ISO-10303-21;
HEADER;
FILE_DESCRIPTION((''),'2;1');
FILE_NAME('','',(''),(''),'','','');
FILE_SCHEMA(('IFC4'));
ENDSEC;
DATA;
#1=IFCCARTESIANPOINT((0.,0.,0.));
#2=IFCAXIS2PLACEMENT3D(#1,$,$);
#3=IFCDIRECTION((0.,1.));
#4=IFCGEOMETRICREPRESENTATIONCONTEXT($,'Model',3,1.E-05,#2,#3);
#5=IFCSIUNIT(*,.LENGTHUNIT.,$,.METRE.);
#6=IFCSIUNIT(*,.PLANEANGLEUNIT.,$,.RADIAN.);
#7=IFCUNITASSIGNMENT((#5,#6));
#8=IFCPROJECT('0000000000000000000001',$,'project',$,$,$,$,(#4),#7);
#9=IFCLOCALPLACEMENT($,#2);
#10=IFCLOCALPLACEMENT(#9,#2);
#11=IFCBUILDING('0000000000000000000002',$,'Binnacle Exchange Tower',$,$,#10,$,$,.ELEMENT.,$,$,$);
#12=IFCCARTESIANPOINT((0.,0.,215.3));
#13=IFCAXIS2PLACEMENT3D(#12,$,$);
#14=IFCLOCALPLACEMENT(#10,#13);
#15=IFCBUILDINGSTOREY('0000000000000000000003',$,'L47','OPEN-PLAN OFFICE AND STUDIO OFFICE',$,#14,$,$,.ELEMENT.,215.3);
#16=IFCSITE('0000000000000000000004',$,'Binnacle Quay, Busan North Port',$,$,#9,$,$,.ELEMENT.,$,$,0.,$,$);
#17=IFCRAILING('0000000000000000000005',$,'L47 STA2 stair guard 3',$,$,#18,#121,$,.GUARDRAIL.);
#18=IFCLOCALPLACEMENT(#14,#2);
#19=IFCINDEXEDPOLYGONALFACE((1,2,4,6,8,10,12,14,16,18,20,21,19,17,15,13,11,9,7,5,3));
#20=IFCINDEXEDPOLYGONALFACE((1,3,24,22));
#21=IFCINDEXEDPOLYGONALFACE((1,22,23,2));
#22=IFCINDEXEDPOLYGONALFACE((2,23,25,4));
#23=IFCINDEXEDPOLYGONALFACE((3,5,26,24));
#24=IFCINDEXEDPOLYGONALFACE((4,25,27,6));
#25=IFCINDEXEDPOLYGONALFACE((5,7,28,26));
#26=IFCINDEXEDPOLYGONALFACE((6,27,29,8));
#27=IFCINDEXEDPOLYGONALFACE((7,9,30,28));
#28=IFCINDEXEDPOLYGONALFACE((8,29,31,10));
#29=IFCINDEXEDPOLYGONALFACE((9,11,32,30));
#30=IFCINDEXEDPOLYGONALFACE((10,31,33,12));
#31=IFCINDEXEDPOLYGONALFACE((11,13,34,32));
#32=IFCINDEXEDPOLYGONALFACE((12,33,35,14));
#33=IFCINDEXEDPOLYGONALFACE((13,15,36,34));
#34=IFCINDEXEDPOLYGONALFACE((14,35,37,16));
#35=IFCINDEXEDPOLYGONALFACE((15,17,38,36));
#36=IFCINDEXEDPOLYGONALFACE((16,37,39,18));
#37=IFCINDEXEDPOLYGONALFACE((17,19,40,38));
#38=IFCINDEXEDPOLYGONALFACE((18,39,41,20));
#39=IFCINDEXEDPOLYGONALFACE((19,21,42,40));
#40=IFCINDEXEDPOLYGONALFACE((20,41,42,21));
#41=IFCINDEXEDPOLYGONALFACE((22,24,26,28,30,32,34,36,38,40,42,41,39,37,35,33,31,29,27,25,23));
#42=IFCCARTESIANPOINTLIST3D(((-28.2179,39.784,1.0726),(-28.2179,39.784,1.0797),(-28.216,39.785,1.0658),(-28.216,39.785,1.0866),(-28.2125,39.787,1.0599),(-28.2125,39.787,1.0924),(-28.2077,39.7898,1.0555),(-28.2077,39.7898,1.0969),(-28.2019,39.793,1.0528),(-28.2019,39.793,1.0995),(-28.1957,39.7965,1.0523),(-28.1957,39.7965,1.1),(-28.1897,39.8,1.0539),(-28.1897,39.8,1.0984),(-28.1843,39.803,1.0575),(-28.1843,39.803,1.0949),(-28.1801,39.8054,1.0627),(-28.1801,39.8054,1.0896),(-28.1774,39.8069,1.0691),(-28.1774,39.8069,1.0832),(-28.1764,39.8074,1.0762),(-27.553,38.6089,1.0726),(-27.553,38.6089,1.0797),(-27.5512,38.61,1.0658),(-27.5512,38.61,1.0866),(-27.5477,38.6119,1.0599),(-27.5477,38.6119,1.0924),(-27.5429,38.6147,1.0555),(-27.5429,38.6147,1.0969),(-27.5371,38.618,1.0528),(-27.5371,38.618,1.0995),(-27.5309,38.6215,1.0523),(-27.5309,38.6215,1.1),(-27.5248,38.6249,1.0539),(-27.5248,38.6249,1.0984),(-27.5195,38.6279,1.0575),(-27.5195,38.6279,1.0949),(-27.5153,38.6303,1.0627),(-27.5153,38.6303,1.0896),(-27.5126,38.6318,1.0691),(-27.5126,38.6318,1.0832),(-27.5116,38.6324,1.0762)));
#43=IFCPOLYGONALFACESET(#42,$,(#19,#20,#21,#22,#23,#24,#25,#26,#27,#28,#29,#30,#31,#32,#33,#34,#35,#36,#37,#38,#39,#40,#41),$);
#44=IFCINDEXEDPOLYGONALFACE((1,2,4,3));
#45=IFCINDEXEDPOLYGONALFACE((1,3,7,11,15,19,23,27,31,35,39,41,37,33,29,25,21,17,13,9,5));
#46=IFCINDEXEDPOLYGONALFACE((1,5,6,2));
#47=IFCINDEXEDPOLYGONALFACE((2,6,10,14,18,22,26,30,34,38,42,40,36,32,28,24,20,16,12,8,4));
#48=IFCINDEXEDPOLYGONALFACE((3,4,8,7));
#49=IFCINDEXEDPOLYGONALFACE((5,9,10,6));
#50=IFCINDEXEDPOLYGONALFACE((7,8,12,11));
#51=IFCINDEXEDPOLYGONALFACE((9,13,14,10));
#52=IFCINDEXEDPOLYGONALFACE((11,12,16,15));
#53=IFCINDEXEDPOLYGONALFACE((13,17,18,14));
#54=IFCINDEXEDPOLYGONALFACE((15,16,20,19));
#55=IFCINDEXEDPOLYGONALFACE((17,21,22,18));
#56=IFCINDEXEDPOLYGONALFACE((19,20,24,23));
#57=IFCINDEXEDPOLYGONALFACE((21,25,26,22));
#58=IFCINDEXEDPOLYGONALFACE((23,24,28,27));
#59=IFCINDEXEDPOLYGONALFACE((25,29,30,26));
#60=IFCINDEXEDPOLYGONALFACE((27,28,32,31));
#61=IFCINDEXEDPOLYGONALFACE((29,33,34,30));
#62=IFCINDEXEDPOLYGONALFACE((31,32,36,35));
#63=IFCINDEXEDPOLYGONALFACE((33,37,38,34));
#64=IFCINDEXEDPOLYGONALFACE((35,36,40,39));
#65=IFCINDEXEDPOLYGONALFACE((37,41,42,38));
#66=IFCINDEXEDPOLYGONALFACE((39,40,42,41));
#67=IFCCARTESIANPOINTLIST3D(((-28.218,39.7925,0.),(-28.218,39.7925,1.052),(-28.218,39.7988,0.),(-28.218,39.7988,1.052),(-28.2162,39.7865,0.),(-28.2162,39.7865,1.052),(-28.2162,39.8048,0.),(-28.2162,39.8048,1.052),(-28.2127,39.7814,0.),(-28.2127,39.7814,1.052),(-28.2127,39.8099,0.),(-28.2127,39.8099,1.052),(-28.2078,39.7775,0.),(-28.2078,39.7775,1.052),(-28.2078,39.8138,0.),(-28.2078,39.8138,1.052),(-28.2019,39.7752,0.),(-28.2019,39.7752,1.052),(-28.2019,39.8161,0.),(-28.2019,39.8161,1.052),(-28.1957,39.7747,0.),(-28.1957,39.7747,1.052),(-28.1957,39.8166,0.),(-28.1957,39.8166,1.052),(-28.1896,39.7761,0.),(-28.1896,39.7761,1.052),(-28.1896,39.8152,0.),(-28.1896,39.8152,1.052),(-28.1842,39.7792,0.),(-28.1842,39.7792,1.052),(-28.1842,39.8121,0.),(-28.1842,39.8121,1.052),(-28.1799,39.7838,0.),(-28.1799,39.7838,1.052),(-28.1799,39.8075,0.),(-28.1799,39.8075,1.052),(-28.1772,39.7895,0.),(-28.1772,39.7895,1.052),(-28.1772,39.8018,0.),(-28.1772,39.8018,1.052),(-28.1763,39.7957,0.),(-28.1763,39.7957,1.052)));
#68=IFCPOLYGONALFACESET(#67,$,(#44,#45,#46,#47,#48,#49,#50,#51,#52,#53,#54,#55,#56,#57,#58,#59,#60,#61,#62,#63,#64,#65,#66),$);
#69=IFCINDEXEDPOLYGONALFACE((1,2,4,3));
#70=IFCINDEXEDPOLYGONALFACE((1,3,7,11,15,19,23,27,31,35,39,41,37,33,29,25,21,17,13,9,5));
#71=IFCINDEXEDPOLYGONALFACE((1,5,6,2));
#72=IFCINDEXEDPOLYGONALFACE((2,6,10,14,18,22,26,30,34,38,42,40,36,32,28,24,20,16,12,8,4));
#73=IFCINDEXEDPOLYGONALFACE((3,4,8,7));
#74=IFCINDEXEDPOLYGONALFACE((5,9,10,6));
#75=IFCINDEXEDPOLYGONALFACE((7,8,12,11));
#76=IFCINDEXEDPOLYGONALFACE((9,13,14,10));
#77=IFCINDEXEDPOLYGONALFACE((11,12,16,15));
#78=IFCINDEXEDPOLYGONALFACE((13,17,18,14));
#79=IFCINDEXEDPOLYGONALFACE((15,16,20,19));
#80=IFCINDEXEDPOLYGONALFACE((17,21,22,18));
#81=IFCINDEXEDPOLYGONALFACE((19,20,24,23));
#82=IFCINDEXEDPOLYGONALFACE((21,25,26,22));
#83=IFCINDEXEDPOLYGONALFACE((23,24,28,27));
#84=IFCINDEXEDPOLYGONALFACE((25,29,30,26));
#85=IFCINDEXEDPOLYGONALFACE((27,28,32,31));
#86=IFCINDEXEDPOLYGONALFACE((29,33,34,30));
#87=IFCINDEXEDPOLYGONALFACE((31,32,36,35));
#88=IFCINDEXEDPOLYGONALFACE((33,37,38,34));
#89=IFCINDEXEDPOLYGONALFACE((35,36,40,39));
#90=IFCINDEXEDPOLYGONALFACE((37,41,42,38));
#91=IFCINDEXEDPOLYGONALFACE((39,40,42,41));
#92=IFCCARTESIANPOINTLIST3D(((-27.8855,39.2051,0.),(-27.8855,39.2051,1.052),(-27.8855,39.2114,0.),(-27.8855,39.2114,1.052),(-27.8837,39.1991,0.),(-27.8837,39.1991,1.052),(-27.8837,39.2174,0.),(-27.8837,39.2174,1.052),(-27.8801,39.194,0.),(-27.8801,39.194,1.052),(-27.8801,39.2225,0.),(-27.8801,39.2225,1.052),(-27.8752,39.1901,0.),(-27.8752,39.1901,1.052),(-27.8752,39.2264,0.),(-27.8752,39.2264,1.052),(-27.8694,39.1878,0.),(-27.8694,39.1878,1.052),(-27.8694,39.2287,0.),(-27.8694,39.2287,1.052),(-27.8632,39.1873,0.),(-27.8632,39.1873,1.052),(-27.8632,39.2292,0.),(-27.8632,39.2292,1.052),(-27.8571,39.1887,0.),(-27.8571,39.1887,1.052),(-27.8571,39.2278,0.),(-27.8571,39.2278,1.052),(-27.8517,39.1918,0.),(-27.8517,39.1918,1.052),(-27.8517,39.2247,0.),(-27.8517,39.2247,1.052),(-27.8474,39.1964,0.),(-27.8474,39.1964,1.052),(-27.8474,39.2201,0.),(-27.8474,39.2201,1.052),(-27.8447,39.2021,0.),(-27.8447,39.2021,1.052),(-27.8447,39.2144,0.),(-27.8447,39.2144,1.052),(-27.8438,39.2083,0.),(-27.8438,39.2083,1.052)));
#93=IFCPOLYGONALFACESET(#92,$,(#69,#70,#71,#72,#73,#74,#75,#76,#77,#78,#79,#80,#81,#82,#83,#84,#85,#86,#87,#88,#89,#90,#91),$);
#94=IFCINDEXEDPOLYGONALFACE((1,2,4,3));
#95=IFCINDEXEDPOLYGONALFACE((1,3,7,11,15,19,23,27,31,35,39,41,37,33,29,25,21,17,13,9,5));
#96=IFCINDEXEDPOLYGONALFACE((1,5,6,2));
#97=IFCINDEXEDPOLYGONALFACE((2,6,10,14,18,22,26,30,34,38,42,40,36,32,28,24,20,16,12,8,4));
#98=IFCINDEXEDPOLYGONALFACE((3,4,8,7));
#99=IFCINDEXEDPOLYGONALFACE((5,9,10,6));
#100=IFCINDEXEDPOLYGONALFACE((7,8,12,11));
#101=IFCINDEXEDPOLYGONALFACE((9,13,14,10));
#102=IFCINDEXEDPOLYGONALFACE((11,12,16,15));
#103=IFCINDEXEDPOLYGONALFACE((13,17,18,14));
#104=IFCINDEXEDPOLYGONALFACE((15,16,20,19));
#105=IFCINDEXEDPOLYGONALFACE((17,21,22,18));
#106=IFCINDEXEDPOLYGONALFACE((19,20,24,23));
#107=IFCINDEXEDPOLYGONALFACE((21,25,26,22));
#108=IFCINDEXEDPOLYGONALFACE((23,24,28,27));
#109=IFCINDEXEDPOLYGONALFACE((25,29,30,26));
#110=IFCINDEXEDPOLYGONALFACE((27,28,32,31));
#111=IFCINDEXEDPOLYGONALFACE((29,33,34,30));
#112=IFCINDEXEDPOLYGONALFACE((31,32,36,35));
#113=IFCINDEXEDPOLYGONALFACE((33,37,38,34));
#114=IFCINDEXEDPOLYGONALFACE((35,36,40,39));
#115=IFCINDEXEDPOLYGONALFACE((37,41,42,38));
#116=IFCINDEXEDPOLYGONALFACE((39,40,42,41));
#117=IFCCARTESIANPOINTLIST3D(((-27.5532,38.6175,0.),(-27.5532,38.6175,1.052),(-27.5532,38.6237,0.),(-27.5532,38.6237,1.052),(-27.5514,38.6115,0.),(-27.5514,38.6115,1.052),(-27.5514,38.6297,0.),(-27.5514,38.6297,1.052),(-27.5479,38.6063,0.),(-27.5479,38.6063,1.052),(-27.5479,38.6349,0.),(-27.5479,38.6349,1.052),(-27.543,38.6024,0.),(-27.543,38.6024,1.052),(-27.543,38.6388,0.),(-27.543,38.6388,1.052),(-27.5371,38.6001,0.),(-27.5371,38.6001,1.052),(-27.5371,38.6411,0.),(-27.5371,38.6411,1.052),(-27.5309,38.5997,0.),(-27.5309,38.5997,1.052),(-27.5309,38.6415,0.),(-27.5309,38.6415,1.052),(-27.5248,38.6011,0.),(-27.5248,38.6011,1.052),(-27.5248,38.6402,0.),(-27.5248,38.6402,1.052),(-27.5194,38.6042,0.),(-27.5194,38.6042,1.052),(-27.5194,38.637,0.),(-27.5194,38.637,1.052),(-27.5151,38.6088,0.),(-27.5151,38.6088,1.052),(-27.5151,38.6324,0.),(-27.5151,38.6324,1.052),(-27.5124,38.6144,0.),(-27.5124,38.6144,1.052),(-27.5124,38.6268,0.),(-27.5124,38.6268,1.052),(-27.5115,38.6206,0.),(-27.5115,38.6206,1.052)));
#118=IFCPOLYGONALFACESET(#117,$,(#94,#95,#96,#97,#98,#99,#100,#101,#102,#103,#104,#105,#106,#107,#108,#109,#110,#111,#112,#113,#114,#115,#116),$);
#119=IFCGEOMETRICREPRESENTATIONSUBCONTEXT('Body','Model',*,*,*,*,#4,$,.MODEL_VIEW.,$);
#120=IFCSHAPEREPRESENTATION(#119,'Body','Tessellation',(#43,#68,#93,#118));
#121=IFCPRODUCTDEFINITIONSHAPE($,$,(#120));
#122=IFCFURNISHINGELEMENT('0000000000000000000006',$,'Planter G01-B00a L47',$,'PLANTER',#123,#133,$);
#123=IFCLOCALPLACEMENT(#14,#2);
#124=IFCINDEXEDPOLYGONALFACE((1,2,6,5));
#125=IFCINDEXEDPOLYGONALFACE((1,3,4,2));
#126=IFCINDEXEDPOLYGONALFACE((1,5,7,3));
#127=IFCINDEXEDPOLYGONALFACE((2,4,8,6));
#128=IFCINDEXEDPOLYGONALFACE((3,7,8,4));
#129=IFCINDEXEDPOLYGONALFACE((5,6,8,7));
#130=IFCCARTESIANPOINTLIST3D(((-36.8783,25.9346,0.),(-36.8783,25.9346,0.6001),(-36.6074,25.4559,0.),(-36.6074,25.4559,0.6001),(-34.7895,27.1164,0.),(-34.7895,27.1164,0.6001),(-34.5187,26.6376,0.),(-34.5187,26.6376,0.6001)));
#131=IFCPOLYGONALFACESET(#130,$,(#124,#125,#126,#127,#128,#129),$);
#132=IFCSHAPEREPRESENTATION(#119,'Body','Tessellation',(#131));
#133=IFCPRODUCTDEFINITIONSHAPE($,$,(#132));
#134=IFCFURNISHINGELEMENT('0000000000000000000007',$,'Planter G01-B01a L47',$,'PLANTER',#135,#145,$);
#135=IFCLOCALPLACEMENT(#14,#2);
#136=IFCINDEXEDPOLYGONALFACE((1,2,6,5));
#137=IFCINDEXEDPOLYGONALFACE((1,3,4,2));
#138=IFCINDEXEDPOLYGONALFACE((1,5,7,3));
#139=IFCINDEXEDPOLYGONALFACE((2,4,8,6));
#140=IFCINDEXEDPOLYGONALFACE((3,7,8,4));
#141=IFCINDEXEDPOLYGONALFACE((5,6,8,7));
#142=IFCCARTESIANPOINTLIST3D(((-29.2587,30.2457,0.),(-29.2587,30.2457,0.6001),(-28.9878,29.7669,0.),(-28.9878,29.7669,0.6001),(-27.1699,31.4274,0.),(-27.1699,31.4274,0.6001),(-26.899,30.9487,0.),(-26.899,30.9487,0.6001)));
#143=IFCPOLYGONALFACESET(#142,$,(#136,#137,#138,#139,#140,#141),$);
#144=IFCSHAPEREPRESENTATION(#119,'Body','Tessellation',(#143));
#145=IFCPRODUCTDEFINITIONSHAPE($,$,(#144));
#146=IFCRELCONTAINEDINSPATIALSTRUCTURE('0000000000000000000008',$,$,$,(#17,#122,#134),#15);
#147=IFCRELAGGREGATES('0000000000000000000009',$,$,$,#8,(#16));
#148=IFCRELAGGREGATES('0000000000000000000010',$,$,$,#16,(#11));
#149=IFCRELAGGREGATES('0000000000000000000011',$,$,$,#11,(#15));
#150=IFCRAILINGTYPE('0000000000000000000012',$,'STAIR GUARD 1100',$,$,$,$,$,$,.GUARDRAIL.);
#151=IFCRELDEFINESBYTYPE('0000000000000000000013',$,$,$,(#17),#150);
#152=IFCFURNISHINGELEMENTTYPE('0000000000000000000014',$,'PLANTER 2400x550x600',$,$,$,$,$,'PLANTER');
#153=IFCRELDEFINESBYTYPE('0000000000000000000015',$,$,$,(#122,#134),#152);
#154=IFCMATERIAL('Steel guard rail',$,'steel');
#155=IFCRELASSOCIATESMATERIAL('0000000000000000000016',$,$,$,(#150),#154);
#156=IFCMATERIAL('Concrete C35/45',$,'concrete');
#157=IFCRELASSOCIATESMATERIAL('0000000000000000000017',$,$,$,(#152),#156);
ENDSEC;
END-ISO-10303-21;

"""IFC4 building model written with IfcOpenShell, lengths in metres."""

from ifc_helpers import new_model, si_unit, direction, frame, origin, origin_2d, place, context, subcontext, project, spatial, rectangle, circle, extrude, material, type_object, element, save


model = new_model("IFC4")

# Units and contexts
model_context = context("Model", 3, precision=1e-05, world=origin(), true_north=direction((0.0, 1.0)))
body_context = subcontext(model_context, "Body", "Model", "MODEL_VIEW")
ifc_project = project(units=[si_unit("LENGTHUNIT", "METRE"), si_unit("PLANEANGLEUNIT", "RADIAN")], contexts=[model_context])

# Site, building, storey
site_placement = place(None, origin())
site = spatial("IfcSite", under=ifc_project, at=site_placement, Name="Binnacle Quay, Busan North Port", CompositionType="ELEMENT", RefElevation=0.0)
building_placement = place(site_placement, origin())
building = spatial("IfcBuilding", under=site, at=building_placement, Name="Binnacle Exchange Tower", CompositionType="ELEMENT")
storey_placement = place(building_placement, frame((0.0, 0.0, 215.3)))
storey = spatial("IfcBuildingStorey", under=building, at=storey_placement, Name="L47", Description="OPEN-PLAN OFFICE AND STUDIO OFFICE", CompositionType="ELEMENT", Elevation=215.3)

# Shared definitions
ifc_material_1 = material(Name="Concrete C35/45", Category="concrete")

# Railing
ifc_material_2 = material(Name="Steel guard rail", Category="steel")
railing_type_1 = type_object("IfcRailingType", Name="STAIR GUARD 1100", PredefinedType="GUARDRAIL", material=ifc_material_2)
railing_1_placement = place(storey_placement, frame((-28.1973, 39.7957, 0.0)))
element("IfcRailing", 1, at=railing_1_placement, inside=storey, type_object=railing_type_1, Name="L47 STA2 stair guard 3", PredefinedType="GUARDRAIL", context=body_context, shape_type="SweptSolid", body=[
    extrude(circle(Radius=0.0239, at=origin_2d()), frame((0.0, 0.0, 1.0762), z_axis=(0.492415, -0.870361, 0.0), x_axis=(0.870361, 0.492415, 0.0)), (0.0, 0.0, 1.0), 1.3501),
    extrude(circle(Radius=0.021, at=origin_2d()), origin(), (0.0, 0.0, 1.0), 1.052),
    extrude(circle(Radius=0.021, at=origin_2d()), frame((0.3325, -0.5874, 0.0)), (0.0, 0.0, 1.0), 1.052),
    extrude(circle(Radius=0.021, at=origin_2d()), frame((0.6648, -1.175, 0.0)), (0.0, 0.0, 1.0), 1.052),
])

# Furnishing elements
furnishing_element_type = type_object("IfcFurnishingElementType", Name="PLANTER 2400x550x600", ElementType="PLANTER", material=ifc_material_1)
for number, where, z_axis, x_axis, name in (
    (2, (-35.6985, 26.2861, 0.0), (0.0, 0.0, 1.0), (0.870356, 0.492424, 0.0), "Planter G01-B00a L47"),
    (3, (-28.0789, 30.5972, 0.0), (0.0, 0.0, 1.0), (0.870356, 0.492424, 0.0), "Planter G01-B01a L47"),
):
    element("IfcFurnishingElement", number, at=place(storey_placement, frame(where, z_axis=z_axis, x_axis=x_axis)), inside=storey, type_object=furnishing_element_type, Name=name, ObjectType="PLANTER", context=body_context, shape_type="SweptSolid", body=[
        extrude(rectangle(XDim=2.3999, YDim=0.55, at=origin_2d()), origin(), (0.0, 0.0, 1.0), 0.6001),
    ])

save(model, "model.ifc")
